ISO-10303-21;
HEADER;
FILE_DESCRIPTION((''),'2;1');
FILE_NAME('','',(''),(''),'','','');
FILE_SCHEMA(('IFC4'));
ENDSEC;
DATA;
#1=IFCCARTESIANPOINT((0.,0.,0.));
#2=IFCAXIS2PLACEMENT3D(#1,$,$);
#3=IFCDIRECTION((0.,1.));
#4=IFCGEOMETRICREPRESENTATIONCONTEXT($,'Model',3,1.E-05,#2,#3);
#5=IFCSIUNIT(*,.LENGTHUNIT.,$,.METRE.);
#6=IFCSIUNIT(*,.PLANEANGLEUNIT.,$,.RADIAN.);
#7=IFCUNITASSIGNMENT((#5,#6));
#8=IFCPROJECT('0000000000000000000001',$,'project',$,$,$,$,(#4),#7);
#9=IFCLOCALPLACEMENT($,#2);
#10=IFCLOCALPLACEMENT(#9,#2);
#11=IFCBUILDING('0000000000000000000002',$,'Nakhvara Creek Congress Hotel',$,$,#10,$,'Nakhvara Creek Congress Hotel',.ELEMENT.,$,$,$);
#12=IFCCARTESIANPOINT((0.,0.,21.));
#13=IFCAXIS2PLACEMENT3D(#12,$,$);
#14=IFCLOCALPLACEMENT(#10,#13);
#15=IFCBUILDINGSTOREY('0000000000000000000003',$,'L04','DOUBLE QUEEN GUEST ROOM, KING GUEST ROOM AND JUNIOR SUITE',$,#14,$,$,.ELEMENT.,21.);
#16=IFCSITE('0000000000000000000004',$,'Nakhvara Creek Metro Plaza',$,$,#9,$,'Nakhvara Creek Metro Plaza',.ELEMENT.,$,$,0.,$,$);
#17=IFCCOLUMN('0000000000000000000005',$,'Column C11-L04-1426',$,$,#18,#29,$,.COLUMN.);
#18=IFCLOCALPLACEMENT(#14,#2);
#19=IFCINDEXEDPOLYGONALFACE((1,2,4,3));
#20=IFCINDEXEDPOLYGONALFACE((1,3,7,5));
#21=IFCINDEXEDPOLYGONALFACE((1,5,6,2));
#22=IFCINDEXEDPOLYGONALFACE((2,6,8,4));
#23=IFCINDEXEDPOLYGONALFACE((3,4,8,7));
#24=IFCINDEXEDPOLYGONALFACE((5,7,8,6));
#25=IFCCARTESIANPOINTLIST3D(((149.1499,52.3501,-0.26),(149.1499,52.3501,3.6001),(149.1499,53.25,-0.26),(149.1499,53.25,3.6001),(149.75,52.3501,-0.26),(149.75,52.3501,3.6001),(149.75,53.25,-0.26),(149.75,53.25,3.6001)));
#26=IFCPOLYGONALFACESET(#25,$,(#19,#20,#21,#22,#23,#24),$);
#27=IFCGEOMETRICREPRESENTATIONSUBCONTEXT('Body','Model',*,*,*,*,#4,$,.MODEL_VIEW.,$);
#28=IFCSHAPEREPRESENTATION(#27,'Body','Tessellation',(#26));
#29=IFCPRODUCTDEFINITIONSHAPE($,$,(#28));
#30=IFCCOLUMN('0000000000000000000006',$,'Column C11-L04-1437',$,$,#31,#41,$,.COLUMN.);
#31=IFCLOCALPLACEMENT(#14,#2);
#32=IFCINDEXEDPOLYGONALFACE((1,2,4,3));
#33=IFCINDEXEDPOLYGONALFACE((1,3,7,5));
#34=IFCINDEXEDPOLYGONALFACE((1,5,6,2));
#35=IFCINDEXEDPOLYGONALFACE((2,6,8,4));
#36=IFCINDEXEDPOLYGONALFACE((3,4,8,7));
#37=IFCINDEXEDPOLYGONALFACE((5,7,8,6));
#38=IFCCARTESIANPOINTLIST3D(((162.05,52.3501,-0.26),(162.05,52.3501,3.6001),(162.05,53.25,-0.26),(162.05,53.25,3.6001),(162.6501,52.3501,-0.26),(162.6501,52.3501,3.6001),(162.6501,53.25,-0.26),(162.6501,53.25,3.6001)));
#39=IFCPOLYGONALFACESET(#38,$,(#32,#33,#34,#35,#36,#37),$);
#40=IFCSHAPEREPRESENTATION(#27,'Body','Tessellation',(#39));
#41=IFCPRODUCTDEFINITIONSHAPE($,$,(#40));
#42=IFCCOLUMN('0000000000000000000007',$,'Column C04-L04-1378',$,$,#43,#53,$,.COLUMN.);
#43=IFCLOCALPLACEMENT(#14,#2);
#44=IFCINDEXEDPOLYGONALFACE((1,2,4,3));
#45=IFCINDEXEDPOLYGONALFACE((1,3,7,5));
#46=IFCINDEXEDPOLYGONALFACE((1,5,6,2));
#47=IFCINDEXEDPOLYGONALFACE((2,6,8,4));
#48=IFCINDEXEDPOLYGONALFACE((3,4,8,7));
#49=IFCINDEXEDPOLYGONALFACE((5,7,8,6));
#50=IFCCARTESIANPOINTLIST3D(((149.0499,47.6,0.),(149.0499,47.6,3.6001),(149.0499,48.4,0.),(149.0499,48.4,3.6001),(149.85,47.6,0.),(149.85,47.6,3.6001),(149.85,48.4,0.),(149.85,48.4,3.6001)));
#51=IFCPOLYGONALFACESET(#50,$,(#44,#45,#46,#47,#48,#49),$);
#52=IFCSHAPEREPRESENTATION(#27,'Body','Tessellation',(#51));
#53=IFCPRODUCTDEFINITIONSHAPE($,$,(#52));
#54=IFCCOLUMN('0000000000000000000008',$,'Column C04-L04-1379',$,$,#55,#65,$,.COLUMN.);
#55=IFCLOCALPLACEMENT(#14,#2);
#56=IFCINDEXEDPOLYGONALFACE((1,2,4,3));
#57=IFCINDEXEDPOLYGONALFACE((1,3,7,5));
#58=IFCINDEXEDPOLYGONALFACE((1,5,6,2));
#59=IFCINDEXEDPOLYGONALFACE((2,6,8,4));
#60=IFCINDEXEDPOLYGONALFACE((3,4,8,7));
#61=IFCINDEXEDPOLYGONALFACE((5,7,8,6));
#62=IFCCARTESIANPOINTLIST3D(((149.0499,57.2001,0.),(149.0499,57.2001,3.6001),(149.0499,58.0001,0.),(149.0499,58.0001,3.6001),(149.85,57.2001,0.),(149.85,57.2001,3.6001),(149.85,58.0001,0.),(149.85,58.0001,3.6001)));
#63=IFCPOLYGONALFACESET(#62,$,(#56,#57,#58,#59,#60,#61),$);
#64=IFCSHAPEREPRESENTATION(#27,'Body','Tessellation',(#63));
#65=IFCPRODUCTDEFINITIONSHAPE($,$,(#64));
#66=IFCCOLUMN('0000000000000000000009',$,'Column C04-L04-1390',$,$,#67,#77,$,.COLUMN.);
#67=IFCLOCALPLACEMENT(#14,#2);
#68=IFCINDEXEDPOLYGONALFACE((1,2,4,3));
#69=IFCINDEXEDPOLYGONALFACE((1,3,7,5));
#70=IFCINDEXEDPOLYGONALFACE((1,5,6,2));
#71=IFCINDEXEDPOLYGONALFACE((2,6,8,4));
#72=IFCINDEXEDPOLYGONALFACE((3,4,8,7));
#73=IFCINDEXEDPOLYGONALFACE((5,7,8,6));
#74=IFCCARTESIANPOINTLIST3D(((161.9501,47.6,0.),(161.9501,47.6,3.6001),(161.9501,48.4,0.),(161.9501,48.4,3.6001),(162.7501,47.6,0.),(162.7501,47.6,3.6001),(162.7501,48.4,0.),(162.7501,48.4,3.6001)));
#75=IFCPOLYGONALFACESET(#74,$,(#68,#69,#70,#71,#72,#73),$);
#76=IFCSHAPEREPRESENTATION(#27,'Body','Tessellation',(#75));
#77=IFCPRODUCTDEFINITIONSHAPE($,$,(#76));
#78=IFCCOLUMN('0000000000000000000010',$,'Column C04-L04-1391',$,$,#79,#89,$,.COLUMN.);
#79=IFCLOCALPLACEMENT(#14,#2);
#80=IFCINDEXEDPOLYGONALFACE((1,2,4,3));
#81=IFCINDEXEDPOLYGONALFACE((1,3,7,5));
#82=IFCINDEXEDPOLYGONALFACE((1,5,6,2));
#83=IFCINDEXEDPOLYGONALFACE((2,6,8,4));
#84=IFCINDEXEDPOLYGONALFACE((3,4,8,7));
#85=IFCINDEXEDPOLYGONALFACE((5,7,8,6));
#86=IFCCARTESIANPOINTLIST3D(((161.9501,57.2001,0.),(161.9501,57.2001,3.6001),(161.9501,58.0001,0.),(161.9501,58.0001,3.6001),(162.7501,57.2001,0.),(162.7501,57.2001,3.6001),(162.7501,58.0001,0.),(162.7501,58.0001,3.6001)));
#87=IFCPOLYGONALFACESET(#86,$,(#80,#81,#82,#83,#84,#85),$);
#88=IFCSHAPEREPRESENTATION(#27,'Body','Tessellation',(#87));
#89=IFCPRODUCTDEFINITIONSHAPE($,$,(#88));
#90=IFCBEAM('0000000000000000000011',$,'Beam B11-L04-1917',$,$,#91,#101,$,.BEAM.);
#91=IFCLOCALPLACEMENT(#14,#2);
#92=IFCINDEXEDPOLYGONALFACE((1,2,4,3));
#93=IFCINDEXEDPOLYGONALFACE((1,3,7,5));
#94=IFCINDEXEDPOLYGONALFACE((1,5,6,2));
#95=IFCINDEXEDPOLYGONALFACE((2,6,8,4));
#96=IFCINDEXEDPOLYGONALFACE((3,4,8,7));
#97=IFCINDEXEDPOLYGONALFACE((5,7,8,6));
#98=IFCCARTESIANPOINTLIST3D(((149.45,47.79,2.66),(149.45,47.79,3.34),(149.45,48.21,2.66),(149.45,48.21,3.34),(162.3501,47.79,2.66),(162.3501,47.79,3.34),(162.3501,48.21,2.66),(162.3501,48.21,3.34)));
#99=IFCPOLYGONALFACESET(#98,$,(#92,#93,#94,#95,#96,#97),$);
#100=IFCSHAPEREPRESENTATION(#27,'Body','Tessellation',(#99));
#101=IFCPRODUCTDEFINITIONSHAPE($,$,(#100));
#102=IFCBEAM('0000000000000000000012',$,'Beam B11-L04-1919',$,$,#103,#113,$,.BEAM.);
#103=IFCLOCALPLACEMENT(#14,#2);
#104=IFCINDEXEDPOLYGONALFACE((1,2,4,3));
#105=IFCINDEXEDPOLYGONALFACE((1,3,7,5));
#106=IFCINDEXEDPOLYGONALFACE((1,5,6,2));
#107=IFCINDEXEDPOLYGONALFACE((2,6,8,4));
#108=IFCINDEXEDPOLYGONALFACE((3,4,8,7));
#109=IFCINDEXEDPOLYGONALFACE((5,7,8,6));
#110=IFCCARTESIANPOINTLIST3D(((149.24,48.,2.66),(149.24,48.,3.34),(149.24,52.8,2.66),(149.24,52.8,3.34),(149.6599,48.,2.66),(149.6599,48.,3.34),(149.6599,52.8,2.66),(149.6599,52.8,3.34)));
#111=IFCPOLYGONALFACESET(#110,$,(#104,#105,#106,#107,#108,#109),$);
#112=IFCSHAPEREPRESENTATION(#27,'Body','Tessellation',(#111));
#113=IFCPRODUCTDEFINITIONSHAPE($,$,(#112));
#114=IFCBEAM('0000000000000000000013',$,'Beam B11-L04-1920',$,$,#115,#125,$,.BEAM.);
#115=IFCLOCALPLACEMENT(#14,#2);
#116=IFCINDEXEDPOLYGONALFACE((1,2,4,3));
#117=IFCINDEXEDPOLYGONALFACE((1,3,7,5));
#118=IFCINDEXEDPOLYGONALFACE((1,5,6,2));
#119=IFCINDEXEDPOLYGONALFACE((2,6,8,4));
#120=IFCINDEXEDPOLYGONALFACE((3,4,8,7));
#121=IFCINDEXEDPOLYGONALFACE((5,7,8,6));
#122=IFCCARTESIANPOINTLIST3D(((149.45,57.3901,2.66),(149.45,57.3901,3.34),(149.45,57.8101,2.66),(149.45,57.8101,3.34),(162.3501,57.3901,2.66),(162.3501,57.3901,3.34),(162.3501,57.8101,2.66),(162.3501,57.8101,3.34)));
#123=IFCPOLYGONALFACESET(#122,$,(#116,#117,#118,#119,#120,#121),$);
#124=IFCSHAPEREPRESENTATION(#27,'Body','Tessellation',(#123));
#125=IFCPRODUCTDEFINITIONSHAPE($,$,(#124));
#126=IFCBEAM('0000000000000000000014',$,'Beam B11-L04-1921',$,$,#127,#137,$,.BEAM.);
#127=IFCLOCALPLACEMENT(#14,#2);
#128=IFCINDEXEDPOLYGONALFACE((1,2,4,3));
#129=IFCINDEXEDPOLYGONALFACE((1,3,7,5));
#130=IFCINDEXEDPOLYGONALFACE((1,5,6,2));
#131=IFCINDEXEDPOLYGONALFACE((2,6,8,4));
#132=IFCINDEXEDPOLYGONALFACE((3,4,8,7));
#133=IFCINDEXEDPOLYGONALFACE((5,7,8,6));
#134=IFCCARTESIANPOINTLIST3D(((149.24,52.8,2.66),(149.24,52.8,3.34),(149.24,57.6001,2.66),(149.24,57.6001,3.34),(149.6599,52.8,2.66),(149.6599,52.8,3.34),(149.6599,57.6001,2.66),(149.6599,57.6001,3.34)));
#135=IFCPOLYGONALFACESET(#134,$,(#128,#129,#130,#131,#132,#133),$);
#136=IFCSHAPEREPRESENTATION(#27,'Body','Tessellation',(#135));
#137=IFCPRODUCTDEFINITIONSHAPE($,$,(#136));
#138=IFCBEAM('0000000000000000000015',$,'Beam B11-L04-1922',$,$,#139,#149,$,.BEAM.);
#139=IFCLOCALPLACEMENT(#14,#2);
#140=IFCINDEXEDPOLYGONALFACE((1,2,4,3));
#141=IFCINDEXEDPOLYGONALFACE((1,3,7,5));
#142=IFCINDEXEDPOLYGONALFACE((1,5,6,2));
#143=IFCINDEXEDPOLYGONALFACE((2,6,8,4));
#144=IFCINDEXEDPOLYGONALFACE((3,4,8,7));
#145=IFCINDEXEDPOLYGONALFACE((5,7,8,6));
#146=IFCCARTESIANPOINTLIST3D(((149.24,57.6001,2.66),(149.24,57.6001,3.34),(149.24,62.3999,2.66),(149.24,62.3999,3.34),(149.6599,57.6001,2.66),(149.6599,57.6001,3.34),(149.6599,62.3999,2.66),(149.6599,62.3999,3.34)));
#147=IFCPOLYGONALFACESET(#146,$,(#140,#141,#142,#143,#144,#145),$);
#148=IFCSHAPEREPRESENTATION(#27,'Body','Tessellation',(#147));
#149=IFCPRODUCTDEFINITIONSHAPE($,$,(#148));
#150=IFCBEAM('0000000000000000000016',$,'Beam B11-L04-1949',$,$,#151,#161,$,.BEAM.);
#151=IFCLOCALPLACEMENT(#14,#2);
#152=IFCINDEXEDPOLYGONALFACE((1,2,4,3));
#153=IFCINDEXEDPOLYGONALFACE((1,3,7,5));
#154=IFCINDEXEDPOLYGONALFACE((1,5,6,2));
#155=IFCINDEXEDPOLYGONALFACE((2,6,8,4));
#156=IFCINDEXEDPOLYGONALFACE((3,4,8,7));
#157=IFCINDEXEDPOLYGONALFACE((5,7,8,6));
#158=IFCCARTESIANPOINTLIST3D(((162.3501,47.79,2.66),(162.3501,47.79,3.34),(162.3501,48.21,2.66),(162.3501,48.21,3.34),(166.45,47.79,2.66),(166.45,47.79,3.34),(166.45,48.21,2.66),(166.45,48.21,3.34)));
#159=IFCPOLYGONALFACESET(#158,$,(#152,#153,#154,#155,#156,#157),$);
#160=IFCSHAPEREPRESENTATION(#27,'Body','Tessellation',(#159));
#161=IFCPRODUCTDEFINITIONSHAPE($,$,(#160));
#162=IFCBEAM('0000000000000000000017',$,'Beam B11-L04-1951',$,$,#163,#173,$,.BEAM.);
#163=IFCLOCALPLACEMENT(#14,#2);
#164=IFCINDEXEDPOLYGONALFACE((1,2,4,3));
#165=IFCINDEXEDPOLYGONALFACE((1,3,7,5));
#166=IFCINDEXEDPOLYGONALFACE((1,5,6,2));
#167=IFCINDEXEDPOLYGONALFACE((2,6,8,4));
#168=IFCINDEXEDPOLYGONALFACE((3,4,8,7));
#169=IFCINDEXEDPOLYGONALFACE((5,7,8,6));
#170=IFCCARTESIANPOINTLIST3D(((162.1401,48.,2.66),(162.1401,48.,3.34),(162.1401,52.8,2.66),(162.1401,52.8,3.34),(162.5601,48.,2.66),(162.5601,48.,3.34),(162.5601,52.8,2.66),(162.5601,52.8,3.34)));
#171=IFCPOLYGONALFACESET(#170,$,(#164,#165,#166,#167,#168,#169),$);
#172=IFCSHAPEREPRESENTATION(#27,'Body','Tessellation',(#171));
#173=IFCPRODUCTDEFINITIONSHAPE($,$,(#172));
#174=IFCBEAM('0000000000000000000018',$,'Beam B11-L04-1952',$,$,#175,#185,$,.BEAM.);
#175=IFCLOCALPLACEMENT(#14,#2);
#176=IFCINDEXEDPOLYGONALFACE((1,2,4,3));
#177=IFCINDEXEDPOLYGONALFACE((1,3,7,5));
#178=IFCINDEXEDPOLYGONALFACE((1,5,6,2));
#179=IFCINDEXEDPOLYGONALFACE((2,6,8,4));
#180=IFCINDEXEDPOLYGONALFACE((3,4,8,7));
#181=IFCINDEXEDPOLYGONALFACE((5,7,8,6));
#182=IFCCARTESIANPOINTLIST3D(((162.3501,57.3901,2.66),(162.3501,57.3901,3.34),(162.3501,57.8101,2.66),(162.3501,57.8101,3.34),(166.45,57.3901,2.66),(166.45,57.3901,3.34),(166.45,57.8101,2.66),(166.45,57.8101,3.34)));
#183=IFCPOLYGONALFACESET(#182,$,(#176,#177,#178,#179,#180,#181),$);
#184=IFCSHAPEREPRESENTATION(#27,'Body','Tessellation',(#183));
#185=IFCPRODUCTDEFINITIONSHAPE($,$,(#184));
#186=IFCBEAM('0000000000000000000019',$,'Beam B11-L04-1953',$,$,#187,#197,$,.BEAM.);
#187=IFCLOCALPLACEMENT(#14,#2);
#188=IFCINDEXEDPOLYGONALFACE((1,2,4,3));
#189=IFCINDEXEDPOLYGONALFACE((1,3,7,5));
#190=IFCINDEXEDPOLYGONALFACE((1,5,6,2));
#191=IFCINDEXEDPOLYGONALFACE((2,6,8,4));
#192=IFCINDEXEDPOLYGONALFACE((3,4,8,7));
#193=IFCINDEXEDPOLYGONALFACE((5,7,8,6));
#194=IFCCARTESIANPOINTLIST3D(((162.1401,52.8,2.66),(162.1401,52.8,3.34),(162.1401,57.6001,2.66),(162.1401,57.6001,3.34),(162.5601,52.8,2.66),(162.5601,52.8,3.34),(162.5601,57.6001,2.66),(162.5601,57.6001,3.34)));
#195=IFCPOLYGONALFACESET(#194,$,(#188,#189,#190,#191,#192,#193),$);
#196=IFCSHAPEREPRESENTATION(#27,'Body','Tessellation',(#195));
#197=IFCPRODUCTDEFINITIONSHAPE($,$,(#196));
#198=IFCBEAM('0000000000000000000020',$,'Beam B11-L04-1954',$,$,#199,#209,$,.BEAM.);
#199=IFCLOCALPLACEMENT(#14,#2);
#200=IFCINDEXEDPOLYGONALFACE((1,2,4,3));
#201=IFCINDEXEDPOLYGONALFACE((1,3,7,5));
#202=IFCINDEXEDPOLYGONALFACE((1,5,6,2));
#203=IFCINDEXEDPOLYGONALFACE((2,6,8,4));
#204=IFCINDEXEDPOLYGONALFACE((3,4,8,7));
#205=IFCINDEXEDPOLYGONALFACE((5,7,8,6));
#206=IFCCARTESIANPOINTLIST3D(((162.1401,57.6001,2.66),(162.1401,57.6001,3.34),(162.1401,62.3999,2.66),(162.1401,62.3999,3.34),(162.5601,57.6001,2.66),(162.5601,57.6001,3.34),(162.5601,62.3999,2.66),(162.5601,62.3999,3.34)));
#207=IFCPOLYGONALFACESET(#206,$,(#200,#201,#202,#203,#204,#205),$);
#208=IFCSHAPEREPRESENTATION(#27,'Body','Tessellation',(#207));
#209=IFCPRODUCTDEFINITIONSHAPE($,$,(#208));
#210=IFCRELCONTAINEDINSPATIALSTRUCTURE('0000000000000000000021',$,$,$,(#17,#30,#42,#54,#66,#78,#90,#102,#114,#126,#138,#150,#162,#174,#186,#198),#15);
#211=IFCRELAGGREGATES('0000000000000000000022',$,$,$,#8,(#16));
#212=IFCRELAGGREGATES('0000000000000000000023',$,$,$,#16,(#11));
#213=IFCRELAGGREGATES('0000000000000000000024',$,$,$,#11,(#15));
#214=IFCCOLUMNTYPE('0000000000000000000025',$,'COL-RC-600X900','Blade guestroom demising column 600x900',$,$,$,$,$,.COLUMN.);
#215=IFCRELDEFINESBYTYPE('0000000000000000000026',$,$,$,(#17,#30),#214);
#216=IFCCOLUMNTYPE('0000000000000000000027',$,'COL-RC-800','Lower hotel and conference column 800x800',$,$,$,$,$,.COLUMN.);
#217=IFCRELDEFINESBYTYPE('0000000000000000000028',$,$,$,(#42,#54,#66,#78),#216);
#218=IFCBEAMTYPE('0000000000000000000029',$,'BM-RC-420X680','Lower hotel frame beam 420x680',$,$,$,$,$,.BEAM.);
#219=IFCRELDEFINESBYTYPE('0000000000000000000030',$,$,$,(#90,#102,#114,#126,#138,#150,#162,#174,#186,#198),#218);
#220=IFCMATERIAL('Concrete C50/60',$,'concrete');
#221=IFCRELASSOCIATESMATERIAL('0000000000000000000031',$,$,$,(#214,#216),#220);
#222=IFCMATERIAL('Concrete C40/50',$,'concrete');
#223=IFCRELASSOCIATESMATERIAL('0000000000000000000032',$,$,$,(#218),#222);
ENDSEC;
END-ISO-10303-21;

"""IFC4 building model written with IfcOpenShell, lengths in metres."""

from ifc_helpers import new_model, si_unit, direction, frame, origin, origin_2d, place, context, subcontext, project, spatial, rectangle, extrude, material, material_profile, profile_set, type_object, element, save


model = new_model("IFC4")

# Units and contexts
model_context = context("Model", 3, precision=1e-05, world=origin(), true_north=direction((0.0, 1.0)))
body_context = subcontext(model_context, "Body", "Model", "MODEL_VIEW")
ifc_project = project(units=[si_unit("LENGTHUNIT", "METRE"), si_unit("PLANEANGLEUNIT", "RADIAN")], contexts=[model_context])

# Site, building, storey
site_placement = place(None, origin())
site = spatial("IfcSite", under=ifc_project, at=site_placement, Name="Nakhvara Creek Metro Plaza", LongName="Nakhvara Creek Metro Plaza", CompositionType="ELEMENT", RefElevation=0.0)
building_placement = place(site_placement, origin())
building = spatial("IfcBuilding", under=site, at=building_placement, Name="Nakhvara Creek Congress Hotel", LongName="Nakhvara Creek Congress Hotel", CompositionType="ELEMENT")
storey_placement = place(building_placement, frame((0.0, 0.0, 21.0)))
storey = spatial("IfcBuildingStorey", under=building, at=storey_placement, Name="L04", Description="DOUBLE QUEEN GUEST ROOM, KING GUEST ROOM AND JUNIOR SUITE", CompositionType="ELEMENT", Elevation=21.0)

# Columns
ifc_material_1 = material(Name="Concrete C50/60", Category="concrete")
ifc_material_profile_1 = material_profile(ifc_material_1, rectangle(XDim=0.6001, YDim=0.8999, at=origin_2d()), Name="RC-COL 600x900", Category="LoadBearing")
ifc_profile_set_1 = profile_set([ifc_material_profile_1], Name="Concrete C50/60")
column_type_1 = type_object("IfcColumnType", Name="COL-RC-600X900", Description="Blade guestroom demising column 600x900", PredefinedType="COLUMN", material=ifc_profile_set_1)
for number, where, z_axis, x_axis, name in (
    (1, (149.45, 52.8, -0.26), (0.0, 0.0, 1.0), (1.0, 0.0, 0.0), "Column C11-L04-1426"),
    (2, (162.3501, 52.8, -0.26), (0.0, 0.0, 1.0), (1.0, 0.0, 0.0), "Column C11-L04-1437"),
):
    element("IfcColumn", number, at=place(storey_placement, frame(where, z_axis=z_axis, x_axis=x_axis)), inside=storey, type_object=column_type_1, Name=name, PredefinedType="COLUMN", context=body_context, shape_type="SweptSolid", body=[
        extrude(rectangle(XDim=0.6001, YDim=0.8999, at=origin_2d()), origin(), (0.0, 0.0, 1.0), 3.8601),
    ])
ifc_material_profile_2 = material_profile(ifc_material_1, rectangle(XDim=0.8, YDim=0.8, at=origin_2d()), Name="RC-COL 800x800", Category="LoadBearing")
ifc_profile_set_2 = profile_set([ifc_material_profile_2], Name="Concrete C50/60")
column_type_2 = type_object("IfcColumnType", Name="COL-RC-800", Description="Lower hotel and conference column 800x800", PredefinedType="COLUMN", material=ifc_profile_set_2)
for number, where, z_axis, x_axis, name in (
    (3, (149.45, 48.0, 0.0), (0.0, 0.0, 1.0), (1.0, 0.0, 0.0), "Column C04-L04-1378"),
    (4, (149.45, 57.6001, 0.0), (0.0, 0.0, 1.0), (1.0, 0.0, 0.0), "Column C04-L04-1379"),
    (5, (162.3501, 48.0, 0.0), (0.0, 0.0, 1.0), (1.0, 0.0, 0.0), "Column C04-L04-1390"),
    (6, (162.3501, 57.6001, 0.0), (0.0, 0.0, 1.0), (1.0, 0.0, 0.0), "Column C04-L04-1391"),
):
    element("IfcColumn", number, at=place(storey_placement, frame(where, z_axis=z_axis, x_axis=x_axis)), inside=storey, type_object=column_type_2, Name=name, PredefinedType="COLUMN", context=body_context, shape_type="SweptSolid", body=[
        extrude(rectangle(XDim=0.8, YDim=0.8, at=origin_2d()), origin(), (0.0, 0.0, 1.0), 3.6001),
    ])

# Beams
ifc_material_2 = material(Name="Concrete C40/50", Category="concrete")
ifc_material_profile_3 = material_profile(ifc_material_2, rectangle(XDim=0.4199, YDim=0.6799, at=origin_2d()), Name="RC-BM 420x680", Category="LoadBearing")
ifc_profile_set_3 = profile_set([ifc_material_profile_3], Name="Concrete C40/50")
beam_type = type_object("IfcBeamType", Name="BM-RC-420X680", Description="Lower hotel frame beam 420x680", PredefinedType="BEAM", material=ifc_profile_set_3)
beam_1_placement = place(storey_placement, frame((149.45, 48.0, 3.0), z_axis=(1.0, 0.0, 0.0), x_axis=(0.0, 1.0, 0.0)))
element("IfcBeam", 7, at=beam_1_placement, inside=storey, type_object=beam_type, Name="Beam B11-L04-1917", PredefinedType="BEAM", context=body_context, shape_type="SweptSolid", body=[
    extrude(rectangle(XDim=0.4199, YDim=0.6799, at=origin_2d()), origin(), (0.0, 0.0, 1.0), 12.9001),
])
beam_2_placement = place(storey_placement, frame((149.45, 48.0, 3.0), z_axis=(0.0, 1.0, 0.0), x_axis=(-1.0, 0.0, 0.0)))
element("IfcBeam", 8, at=beam_2_placement, inside=storey, type_object=beam_type, Name="Beam B11-L04-1919", PredefinedType="BEAM", context=body_context, shape_type="SweptSolid", body=[
    extrude(rectangle(XDim=0.4199, YDim=0.6799, at=origin_2d()), origin(), (0.0, 0.0, 1.0), 4.8),
])
beam_3_placement = place(storey_placement, frame((149.45, 57.6001, 3.0), z_axis=(1.0, 0.0, 0.0), x_axis=(0.0, 1.0, 0.0)))
element("IfcBeam", 9, at=beam_3_placement, inside=storey, type_object=beam_type, Name="Beam B11-L04-1920", PredefinedType="BEAM", context=body_context, shape_type="SweptSolid", body=[
    extrude(rectangle(XDim=0.4199, YDim=0.6799, at=origin_2d()), origin(), (0.0, 0.0, 1.0), 12.9001),
])
beam_4_placement = place(storey_placement, frame((149.45, 52.8, 3.0), z_axis=(0.0, 1.0, 0.0), x_axis=(-1.0, 0.0, 0.0)))
element("IfcBeam", 10, at=beam_4_placement, inside=storey, type_object=beam_type, Name="Beam B11-L04-1921", PredefinedType="BEAM", context=body_context, shape_type="SweptSolid", body=[
    extrude(rectangle(XDim=0.4199, YDim=0.6799, at=origin_2d()), origin(), (0.0, 0.0, 1.0), 4.8),
])
beam_5_placement = place(storey_placement, frame((149.45, 57.6001, 3.0), z_axis=(0.0, 1.0, 0.0), x_axis=(-1.0, 0.0, 0.0)))
element("IfcBeam", 11, at=beam_5_placement, inside=storey, type_object=beam_type, Name="Beam B11-L04-1922", PredefinedType="BEAM", context=body_context, shape_type="SweptSolid", body=[
    extrude(rectangle(XDim=0.4199, YDim=0.6799, at=origin_2d()), origin(), (0.0, 0.0, 1.0), 4.7998),
])
beam_6_placement = place(storey_placement, frame((162.3501, 48.0, 3.0), z_axis=(1.0, 0.0, 0.0), x_axis=(0.0, 1.0, 0.0)))
element("IfcBeam", 12, at=beam_6_placement, inside=storey, type_object=beam_type, Name="Beam B11-L04-1949", PredefinedType="BEAM", context=body_context, shape_type="SweptSolid", body=[
    extrude(rectangle(XDim=0.4199, YDim=0.6799, at=origin_2d()), origin(), (0.0, 0.0, 1.0), 4.0999),
])
beam_7_placement = place(storey_placement, frame((162.3501, 48.0, 3.0), z_axis=(0.0, 1.0, 0.0), x_axis=(-1.0, 0.0, 0.0)))
element("IfcBeam", 13, at=beam_7_placement, inside=storey, type_object=beam_type, Name="Beam B11-L04-1951", PredefinedType="BEAM", context=body_context, shape_type="SweptSolid", body=[
    extrude(rectangle(XDim=0.4199, YDim=0.6799, at=origin_2d()), origin(), (0.0, 0.0, 1.0), 4.8),
])
beam_8_placement = place(storey_placement, frame((162.3501, 57.6001, 3.0), z_axis=(1.0, 0.0, 0.0), x_axis=(0.0, 1.0, 0.0)))
element("IfcBeam", 14, at=beam_8_placement, inside=storey, type_object=beam_type, Name="Beam B11-L04-1952", PredefinedType="BEAM", context=body_context, shape_type="SweptSolid", body=[
    extrude(rectangle(XDim=0.4199, YDim=0.6799, at=origin_2d()), origin(), (0.0, 0.0, 1.0), 4.0999),
])
beam_9_placement = place(storey_placement, frame((162.3501, 52.8, 3.0), z_axis=(0.0, 1.0, 0.0), x_axis=(-1.0, 0.0, 0.0)))
element("IfcBeam", 15, at=beam_9_placement, inside=storey, type_object=beam_type, Name="Beam B11-L04-1953", PredefinedType="BEAM", context=body_context, shape_type="SweptSolid", body=[
    extrude(rectangle(XDim=0.4199, YDim=0.6799, at=origin_2d()), origin(), (0.0, 0.0, 1.0), 4.8),
])
beam_10_placement = place(storey_placement, frame((162.3501, 57.6001, 3.0), z_axis=(0.0, 1.0, 0.0), x_axis=(-1.0, 0.0, 0.0)))
element("IfcBeam", 16, at=beam_10_placement, inside=storey, type_object=beam_type, Name="Beam B11-L04-1954", PredefinedType="BEAM", context=body_context, shape_type="SweptSolid", body=[
    extrude(rectangle(XDim=0.4199, YDim=0.6799, at=origin_2d()), origin(), (0.0, 0.0, 1.0), 4.7998),
])

save(model, "model.ifc")
